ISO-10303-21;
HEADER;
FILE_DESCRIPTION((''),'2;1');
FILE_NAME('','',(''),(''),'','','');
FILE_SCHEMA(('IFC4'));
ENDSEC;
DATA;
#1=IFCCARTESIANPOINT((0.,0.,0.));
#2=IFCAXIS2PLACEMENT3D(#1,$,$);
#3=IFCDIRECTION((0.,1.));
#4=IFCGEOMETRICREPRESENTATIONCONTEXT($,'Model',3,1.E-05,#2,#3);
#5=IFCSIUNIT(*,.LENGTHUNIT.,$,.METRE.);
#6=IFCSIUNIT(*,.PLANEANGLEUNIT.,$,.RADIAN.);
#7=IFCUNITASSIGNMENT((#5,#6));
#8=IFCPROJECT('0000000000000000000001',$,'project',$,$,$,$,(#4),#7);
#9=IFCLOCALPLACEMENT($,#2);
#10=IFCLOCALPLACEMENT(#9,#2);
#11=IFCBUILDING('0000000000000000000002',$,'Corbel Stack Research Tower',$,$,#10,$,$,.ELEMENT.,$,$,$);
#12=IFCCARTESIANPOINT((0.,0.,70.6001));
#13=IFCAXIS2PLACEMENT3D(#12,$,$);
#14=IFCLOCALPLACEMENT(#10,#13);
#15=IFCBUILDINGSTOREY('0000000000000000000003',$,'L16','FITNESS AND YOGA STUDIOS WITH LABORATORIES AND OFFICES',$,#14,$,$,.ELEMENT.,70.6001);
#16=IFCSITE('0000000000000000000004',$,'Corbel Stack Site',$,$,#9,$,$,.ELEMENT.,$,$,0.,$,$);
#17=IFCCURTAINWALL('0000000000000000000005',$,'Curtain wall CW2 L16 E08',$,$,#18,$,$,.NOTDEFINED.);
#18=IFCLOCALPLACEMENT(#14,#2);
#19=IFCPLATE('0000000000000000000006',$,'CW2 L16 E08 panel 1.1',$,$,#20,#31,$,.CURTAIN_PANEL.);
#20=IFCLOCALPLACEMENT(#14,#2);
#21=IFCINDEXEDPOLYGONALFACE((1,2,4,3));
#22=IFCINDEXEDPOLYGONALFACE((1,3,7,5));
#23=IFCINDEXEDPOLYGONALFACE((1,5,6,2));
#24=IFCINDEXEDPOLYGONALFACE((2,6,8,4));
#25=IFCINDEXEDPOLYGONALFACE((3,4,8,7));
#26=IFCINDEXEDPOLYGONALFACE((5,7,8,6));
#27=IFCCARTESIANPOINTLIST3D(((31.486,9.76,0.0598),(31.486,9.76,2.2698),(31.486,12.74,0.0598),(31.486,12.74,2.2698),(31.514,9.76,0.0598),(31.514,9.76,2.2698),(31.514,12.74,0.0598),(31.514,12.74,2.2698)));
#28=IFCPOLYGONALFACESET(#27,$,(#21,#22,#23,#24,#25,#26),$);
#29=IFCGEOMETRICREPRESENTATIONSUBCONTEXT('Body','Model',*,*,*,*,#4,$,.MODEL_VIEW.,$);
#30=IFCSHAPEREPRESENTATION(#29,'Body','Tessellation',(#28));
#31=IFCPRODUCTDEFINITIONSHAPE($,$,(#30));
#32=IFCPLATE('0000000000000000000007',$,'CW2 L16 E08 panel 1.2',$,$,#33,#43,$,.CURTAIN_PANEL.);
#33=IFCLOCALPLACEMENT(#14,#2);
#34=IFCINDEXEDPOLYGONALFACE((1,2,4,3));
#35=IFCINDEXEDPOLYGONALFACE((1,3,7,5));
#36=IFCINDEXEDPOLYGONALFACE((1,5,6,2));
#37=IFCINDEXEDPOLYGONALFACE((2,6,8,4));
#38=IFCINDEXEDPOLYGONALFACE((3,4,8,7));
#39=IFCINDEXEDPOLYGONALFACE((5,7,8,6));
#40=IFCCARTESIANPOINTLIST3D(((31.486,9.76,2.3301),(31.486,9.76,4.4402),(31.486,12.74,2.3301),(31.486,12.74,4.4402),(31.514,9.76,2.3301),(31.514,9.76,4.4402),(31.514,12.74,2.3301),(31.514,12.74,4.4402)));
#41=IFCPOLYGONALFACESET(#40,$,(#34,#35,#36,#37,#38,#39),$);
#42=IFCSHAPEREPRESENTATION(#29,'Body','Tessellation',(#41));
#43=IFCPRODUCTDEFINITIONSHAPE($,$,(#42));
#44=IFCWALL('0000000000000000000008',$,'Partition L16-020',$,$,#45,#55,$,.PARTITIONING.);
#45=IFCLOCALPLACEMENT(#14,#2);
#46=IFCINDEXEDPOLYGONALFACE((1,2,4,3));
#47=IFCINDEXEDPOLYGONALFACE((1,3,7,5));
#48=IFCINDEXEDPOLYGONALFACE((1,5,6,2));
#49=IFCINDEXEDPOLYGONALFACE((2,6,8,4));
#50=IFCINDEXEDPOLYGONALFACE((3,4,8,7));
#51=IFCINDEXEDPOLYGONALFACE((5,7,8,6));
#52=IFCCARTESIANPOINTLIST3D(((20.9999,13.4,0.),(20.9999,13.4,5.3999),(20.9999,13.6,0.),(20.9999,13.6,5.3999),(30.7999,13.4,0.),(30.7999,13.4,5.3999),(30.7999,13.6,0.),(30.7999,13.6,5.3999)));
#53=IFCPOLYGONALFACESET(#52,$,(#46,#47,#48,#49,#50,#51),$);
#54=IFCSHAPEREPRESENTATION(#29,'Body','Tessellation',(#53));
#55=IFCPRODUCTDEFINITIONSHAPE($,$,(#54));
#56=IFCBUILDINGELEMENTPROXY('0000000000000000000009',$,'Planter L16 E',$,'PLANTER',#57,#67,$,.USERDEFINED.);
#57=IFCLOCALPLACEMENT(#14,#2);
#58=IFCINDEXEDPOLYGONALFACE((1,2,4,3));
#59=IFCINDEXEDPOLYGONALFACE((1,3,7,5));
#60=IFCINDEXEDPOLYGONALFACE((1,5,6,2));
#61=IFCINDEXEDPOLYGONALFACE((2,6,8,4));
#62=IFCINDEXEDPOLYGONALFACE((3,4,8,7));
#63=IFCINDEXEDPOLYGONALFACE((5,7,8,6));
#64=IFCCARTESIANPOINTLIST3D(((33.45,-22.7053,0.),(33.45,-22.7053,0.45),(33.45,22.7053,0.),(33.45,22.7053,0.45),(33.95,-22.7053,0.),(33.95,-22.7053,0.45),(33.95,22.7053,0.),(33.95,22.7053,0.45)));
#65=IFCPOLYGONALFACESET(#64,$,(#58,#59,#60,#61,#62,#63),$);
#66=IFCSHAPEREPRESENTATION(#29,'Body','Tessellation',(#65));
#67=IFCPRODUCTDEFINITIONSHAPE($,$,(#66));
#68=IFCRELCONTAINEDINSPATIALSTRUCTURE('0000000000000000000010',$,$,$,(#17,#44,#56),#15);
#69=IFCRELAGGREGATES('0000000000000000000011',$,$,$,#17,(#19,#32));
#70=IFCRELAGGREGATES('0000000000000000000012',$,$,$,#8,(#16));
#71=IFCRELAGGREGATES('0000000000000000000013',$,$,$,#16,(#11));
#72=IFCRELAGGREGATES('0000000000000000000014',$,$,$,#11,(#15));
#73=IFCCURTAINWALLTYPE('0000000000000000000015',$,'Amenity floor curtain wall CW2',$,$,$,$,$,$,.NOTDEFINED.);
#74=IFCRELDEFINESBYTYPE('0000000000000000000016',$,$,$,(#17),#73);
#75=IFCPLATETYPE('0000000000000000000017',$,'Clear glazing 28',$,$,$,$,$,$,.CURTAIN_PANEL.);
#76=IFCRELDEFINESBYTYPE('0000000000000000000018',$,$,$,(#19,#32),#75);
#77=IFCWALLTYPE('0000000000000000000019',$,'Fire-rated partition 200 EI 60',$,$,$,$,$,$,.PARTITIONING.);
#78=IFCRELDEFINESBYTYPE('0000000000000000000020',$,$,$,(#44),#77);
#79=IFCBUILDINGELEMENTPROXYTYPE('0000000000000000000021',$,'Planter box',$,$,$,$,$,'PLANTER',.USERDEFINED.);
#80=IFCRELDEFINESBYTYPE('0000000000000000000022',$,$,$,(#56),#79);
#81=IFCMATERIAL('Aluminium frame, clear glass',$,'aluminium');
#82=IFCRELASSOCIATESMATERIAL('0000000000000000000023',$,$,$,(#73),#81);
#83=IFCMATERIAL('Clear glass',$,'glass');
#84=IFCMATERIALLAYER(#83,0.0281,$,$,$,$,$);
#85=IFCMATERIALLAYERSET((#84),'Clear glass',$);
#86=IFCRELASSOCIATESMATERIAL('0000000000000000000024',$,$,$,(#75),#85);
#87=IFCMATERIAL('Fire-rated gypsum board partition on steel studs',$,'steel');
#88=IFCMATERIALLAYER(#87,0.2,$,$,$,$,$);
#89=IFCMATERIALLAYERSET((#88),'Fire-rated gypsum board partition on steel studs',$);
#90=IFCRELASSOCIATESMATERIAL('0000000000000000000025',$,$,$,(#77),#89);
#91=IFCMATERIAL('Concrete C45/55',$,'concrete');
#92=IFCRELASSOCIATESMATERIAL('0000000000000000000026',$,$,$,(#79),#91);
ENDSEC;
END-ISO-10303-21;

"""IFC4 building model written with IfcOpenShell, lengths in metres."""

from ifc_helpers import new_model, si_unit, direction, frame, frame_2d, origin, origin_2d, place, context, subcontext, project, spatial, rectangle, extrude, material, layer, layer_set, type_object, element, aggregate, save


model = new_model("IFC4")

# Units and contexts
model_context = context("Model", 3, precision=1e-05, world=origin(), true_north=direction((0.0, 1.0)))
body_context = subcontext(model_context, "Body", "Model", "MODEL_VIEW")
ifc_project = project(units=[si_unit("LENGTHUNIT", "METRE"), si_unit("PLANEANGLEUNIT", "RADIAN")], contexts=[model_context])

# Site, building, storey
site_placement = place(None, origin())
site = spatial("IfcSite", under=ifc_project, at=site_placement, Name="Corbel Stack Site", CompositionType="ELEMENT", RefElevation=0.0)
building_placement = place(site_placement, origin())
building = spatial("IfcBuilding", under=site, at=building_placement, Name="Corbel Stack Research Tower", CompositionType="ELEMENT")
storey_placement = place(building_placement, frame((0.0, 0.0, 70.6001)))
storey = spatial("IfcBuildingStorey", under=building, at=storey_placement, Name="L16", Description="FITNESS AND YOGA STUDIOS WITH LABORATORIES AND OFFICES", CompositionType="ELEMENT", Elevation=70.6001)

# Curtain wall
ifc_material_1 = material(Name="Aluminium frame, clear glass", Category="aluminium")
curtain_wall_type = type_object("IfcCurtainWallType", Name="Amenity floor curtain wall CW2", PredefinedType="NOTDEFINED", material=ifc_material_1)
curtain_wall_1_placement = place(storey_placement, origin())
curtain_wall_1 = element("IfcCurtainWall", 1, at=curtain_wall_1_placement, inside=storey, type_object=curtain_wall_type, Name="Curtain wall CW2 L16 E08", PredefinedType="NOTDEFINED")

# Plates
ifc_material_2 = material(Name="Clear glass", Category="glass")
ifc_layer_1 = layer(ifc_material_2, 0.0281)
ifc_layer_set_1 = layer_set([ifc_layer_1], Name="Clear glass")
plate_type = type_object("IfcPlateType", Name="Clear glazing 28", PredefinedType="CURTAIN_PANEL", material=ifc_layer_set_1)
plate_1_placement = place(storey_placement, frame((31.5, 11.25, 0.0598), z_axis=(0.0, 0.0, 1.0), x_axis=(0.0, 1.0, 0.0)))
plate_1 = element("IfcPlate", 2, at=plate_1_placement, type_object=plate_type, Name="CW2 L16 E08 panel 1.1", PredefinedType="CURTAIN_PANEL", context=body_context, shape_type="SweptSolid", body=[
    extrude(rectangle(XDim=2.98, YDim=0.0281, at=origin_2d()), origin(), (0.0, 0.0, 1.0), 2.21),
])
plate_2_placement = place(storey_placement, frame((31.5, 11.25, 2.3301), z_axis=(0.0, 0.0, 1.0), x_axis=(0.0, 1.0, 0.0)))
plate_2 = element("IfcPlate", 3, at=plate_2_placement, type_object=plate_type, Name="CW2 L16 E08 panel 1.2", PredefinedType="CURTAIN_PANEL", context=body_context, shape_type="SweptSolid", body=[
    extrude(rectangle(XDim=2.98, YDim=0.0281, at=origin_2d()), origin(), (0.0, 0.0, 1.0), 2.1101),
])
aggregate(curtain_wall_1, [plate_1, plate_2])

# Wall
ifc_material_3 = material(Name="Fire-rated gypsum board partition on steel studs", Category="steel")
ifc_layer_2 = layer(ifc_material_3, 0.2)
ifc_layer_set_2 = layer_set([ifc_layer_2], Name="Fire-rated gypsum board partition on steel studs")
wall_type = type_object("IfcWallType", Name="Fire-rated partition 200 EI 60", PredefinedType="PARTITIONING", material=ifc_layer_set_2)
wall_placement = place(storey_placement, frame((21.0, 13.5, 0.0), z_axis=(0.0, 0.0, 1.0), x_axis=(1.0, 0.0, 0.0)))
element("IfcWall", 4, at=wall_placement, inside=storey, type_object=wall_type, Name="Partition L16-020", PredefinedType="PARTITIONING", context=body_context, shape_type="SweptSolid", body=[
    extrude(rectangle(XDim=9.8, YDim=0.2, at=frame_2d((4.8999, 0.0))), origin(), (0.0, 0.0, 1.0), 5.3999),
])

# Building element proxy
ifc_material_4 = material(Name="Concrete C45/55", Category="concrete")
building_element_proxy_type = type_object("IfcBuildingElementProxyType", Name="Planter box", ElementType="PLANTER", PredefinedType="USERDEFINED", material=ifc_material_4)
proxy_placement = place(storey_placement, frame((33.7, 0.0, 0.0), z_axis=(0.0, 0.0, 1.0), x_axis=(0.0, 1.0, 0.0)))
element("IfcBuildingElementProxy", 5, at=proxy_placement, inside=storey, type_object=building_element_proxy_type, Name="Planter L16 E", ObjectType="PLANTER", PredefinedType="USERDEFINED", context=body_context, shape_type="SweptSolid", body=[
    extrude(rectangle(XDim=45.4106, YDim=0.5, at=origin_2d()), origin(), (0.0, 0.0, 1.0), 0.45),
])

save(model, "model.ifc")
